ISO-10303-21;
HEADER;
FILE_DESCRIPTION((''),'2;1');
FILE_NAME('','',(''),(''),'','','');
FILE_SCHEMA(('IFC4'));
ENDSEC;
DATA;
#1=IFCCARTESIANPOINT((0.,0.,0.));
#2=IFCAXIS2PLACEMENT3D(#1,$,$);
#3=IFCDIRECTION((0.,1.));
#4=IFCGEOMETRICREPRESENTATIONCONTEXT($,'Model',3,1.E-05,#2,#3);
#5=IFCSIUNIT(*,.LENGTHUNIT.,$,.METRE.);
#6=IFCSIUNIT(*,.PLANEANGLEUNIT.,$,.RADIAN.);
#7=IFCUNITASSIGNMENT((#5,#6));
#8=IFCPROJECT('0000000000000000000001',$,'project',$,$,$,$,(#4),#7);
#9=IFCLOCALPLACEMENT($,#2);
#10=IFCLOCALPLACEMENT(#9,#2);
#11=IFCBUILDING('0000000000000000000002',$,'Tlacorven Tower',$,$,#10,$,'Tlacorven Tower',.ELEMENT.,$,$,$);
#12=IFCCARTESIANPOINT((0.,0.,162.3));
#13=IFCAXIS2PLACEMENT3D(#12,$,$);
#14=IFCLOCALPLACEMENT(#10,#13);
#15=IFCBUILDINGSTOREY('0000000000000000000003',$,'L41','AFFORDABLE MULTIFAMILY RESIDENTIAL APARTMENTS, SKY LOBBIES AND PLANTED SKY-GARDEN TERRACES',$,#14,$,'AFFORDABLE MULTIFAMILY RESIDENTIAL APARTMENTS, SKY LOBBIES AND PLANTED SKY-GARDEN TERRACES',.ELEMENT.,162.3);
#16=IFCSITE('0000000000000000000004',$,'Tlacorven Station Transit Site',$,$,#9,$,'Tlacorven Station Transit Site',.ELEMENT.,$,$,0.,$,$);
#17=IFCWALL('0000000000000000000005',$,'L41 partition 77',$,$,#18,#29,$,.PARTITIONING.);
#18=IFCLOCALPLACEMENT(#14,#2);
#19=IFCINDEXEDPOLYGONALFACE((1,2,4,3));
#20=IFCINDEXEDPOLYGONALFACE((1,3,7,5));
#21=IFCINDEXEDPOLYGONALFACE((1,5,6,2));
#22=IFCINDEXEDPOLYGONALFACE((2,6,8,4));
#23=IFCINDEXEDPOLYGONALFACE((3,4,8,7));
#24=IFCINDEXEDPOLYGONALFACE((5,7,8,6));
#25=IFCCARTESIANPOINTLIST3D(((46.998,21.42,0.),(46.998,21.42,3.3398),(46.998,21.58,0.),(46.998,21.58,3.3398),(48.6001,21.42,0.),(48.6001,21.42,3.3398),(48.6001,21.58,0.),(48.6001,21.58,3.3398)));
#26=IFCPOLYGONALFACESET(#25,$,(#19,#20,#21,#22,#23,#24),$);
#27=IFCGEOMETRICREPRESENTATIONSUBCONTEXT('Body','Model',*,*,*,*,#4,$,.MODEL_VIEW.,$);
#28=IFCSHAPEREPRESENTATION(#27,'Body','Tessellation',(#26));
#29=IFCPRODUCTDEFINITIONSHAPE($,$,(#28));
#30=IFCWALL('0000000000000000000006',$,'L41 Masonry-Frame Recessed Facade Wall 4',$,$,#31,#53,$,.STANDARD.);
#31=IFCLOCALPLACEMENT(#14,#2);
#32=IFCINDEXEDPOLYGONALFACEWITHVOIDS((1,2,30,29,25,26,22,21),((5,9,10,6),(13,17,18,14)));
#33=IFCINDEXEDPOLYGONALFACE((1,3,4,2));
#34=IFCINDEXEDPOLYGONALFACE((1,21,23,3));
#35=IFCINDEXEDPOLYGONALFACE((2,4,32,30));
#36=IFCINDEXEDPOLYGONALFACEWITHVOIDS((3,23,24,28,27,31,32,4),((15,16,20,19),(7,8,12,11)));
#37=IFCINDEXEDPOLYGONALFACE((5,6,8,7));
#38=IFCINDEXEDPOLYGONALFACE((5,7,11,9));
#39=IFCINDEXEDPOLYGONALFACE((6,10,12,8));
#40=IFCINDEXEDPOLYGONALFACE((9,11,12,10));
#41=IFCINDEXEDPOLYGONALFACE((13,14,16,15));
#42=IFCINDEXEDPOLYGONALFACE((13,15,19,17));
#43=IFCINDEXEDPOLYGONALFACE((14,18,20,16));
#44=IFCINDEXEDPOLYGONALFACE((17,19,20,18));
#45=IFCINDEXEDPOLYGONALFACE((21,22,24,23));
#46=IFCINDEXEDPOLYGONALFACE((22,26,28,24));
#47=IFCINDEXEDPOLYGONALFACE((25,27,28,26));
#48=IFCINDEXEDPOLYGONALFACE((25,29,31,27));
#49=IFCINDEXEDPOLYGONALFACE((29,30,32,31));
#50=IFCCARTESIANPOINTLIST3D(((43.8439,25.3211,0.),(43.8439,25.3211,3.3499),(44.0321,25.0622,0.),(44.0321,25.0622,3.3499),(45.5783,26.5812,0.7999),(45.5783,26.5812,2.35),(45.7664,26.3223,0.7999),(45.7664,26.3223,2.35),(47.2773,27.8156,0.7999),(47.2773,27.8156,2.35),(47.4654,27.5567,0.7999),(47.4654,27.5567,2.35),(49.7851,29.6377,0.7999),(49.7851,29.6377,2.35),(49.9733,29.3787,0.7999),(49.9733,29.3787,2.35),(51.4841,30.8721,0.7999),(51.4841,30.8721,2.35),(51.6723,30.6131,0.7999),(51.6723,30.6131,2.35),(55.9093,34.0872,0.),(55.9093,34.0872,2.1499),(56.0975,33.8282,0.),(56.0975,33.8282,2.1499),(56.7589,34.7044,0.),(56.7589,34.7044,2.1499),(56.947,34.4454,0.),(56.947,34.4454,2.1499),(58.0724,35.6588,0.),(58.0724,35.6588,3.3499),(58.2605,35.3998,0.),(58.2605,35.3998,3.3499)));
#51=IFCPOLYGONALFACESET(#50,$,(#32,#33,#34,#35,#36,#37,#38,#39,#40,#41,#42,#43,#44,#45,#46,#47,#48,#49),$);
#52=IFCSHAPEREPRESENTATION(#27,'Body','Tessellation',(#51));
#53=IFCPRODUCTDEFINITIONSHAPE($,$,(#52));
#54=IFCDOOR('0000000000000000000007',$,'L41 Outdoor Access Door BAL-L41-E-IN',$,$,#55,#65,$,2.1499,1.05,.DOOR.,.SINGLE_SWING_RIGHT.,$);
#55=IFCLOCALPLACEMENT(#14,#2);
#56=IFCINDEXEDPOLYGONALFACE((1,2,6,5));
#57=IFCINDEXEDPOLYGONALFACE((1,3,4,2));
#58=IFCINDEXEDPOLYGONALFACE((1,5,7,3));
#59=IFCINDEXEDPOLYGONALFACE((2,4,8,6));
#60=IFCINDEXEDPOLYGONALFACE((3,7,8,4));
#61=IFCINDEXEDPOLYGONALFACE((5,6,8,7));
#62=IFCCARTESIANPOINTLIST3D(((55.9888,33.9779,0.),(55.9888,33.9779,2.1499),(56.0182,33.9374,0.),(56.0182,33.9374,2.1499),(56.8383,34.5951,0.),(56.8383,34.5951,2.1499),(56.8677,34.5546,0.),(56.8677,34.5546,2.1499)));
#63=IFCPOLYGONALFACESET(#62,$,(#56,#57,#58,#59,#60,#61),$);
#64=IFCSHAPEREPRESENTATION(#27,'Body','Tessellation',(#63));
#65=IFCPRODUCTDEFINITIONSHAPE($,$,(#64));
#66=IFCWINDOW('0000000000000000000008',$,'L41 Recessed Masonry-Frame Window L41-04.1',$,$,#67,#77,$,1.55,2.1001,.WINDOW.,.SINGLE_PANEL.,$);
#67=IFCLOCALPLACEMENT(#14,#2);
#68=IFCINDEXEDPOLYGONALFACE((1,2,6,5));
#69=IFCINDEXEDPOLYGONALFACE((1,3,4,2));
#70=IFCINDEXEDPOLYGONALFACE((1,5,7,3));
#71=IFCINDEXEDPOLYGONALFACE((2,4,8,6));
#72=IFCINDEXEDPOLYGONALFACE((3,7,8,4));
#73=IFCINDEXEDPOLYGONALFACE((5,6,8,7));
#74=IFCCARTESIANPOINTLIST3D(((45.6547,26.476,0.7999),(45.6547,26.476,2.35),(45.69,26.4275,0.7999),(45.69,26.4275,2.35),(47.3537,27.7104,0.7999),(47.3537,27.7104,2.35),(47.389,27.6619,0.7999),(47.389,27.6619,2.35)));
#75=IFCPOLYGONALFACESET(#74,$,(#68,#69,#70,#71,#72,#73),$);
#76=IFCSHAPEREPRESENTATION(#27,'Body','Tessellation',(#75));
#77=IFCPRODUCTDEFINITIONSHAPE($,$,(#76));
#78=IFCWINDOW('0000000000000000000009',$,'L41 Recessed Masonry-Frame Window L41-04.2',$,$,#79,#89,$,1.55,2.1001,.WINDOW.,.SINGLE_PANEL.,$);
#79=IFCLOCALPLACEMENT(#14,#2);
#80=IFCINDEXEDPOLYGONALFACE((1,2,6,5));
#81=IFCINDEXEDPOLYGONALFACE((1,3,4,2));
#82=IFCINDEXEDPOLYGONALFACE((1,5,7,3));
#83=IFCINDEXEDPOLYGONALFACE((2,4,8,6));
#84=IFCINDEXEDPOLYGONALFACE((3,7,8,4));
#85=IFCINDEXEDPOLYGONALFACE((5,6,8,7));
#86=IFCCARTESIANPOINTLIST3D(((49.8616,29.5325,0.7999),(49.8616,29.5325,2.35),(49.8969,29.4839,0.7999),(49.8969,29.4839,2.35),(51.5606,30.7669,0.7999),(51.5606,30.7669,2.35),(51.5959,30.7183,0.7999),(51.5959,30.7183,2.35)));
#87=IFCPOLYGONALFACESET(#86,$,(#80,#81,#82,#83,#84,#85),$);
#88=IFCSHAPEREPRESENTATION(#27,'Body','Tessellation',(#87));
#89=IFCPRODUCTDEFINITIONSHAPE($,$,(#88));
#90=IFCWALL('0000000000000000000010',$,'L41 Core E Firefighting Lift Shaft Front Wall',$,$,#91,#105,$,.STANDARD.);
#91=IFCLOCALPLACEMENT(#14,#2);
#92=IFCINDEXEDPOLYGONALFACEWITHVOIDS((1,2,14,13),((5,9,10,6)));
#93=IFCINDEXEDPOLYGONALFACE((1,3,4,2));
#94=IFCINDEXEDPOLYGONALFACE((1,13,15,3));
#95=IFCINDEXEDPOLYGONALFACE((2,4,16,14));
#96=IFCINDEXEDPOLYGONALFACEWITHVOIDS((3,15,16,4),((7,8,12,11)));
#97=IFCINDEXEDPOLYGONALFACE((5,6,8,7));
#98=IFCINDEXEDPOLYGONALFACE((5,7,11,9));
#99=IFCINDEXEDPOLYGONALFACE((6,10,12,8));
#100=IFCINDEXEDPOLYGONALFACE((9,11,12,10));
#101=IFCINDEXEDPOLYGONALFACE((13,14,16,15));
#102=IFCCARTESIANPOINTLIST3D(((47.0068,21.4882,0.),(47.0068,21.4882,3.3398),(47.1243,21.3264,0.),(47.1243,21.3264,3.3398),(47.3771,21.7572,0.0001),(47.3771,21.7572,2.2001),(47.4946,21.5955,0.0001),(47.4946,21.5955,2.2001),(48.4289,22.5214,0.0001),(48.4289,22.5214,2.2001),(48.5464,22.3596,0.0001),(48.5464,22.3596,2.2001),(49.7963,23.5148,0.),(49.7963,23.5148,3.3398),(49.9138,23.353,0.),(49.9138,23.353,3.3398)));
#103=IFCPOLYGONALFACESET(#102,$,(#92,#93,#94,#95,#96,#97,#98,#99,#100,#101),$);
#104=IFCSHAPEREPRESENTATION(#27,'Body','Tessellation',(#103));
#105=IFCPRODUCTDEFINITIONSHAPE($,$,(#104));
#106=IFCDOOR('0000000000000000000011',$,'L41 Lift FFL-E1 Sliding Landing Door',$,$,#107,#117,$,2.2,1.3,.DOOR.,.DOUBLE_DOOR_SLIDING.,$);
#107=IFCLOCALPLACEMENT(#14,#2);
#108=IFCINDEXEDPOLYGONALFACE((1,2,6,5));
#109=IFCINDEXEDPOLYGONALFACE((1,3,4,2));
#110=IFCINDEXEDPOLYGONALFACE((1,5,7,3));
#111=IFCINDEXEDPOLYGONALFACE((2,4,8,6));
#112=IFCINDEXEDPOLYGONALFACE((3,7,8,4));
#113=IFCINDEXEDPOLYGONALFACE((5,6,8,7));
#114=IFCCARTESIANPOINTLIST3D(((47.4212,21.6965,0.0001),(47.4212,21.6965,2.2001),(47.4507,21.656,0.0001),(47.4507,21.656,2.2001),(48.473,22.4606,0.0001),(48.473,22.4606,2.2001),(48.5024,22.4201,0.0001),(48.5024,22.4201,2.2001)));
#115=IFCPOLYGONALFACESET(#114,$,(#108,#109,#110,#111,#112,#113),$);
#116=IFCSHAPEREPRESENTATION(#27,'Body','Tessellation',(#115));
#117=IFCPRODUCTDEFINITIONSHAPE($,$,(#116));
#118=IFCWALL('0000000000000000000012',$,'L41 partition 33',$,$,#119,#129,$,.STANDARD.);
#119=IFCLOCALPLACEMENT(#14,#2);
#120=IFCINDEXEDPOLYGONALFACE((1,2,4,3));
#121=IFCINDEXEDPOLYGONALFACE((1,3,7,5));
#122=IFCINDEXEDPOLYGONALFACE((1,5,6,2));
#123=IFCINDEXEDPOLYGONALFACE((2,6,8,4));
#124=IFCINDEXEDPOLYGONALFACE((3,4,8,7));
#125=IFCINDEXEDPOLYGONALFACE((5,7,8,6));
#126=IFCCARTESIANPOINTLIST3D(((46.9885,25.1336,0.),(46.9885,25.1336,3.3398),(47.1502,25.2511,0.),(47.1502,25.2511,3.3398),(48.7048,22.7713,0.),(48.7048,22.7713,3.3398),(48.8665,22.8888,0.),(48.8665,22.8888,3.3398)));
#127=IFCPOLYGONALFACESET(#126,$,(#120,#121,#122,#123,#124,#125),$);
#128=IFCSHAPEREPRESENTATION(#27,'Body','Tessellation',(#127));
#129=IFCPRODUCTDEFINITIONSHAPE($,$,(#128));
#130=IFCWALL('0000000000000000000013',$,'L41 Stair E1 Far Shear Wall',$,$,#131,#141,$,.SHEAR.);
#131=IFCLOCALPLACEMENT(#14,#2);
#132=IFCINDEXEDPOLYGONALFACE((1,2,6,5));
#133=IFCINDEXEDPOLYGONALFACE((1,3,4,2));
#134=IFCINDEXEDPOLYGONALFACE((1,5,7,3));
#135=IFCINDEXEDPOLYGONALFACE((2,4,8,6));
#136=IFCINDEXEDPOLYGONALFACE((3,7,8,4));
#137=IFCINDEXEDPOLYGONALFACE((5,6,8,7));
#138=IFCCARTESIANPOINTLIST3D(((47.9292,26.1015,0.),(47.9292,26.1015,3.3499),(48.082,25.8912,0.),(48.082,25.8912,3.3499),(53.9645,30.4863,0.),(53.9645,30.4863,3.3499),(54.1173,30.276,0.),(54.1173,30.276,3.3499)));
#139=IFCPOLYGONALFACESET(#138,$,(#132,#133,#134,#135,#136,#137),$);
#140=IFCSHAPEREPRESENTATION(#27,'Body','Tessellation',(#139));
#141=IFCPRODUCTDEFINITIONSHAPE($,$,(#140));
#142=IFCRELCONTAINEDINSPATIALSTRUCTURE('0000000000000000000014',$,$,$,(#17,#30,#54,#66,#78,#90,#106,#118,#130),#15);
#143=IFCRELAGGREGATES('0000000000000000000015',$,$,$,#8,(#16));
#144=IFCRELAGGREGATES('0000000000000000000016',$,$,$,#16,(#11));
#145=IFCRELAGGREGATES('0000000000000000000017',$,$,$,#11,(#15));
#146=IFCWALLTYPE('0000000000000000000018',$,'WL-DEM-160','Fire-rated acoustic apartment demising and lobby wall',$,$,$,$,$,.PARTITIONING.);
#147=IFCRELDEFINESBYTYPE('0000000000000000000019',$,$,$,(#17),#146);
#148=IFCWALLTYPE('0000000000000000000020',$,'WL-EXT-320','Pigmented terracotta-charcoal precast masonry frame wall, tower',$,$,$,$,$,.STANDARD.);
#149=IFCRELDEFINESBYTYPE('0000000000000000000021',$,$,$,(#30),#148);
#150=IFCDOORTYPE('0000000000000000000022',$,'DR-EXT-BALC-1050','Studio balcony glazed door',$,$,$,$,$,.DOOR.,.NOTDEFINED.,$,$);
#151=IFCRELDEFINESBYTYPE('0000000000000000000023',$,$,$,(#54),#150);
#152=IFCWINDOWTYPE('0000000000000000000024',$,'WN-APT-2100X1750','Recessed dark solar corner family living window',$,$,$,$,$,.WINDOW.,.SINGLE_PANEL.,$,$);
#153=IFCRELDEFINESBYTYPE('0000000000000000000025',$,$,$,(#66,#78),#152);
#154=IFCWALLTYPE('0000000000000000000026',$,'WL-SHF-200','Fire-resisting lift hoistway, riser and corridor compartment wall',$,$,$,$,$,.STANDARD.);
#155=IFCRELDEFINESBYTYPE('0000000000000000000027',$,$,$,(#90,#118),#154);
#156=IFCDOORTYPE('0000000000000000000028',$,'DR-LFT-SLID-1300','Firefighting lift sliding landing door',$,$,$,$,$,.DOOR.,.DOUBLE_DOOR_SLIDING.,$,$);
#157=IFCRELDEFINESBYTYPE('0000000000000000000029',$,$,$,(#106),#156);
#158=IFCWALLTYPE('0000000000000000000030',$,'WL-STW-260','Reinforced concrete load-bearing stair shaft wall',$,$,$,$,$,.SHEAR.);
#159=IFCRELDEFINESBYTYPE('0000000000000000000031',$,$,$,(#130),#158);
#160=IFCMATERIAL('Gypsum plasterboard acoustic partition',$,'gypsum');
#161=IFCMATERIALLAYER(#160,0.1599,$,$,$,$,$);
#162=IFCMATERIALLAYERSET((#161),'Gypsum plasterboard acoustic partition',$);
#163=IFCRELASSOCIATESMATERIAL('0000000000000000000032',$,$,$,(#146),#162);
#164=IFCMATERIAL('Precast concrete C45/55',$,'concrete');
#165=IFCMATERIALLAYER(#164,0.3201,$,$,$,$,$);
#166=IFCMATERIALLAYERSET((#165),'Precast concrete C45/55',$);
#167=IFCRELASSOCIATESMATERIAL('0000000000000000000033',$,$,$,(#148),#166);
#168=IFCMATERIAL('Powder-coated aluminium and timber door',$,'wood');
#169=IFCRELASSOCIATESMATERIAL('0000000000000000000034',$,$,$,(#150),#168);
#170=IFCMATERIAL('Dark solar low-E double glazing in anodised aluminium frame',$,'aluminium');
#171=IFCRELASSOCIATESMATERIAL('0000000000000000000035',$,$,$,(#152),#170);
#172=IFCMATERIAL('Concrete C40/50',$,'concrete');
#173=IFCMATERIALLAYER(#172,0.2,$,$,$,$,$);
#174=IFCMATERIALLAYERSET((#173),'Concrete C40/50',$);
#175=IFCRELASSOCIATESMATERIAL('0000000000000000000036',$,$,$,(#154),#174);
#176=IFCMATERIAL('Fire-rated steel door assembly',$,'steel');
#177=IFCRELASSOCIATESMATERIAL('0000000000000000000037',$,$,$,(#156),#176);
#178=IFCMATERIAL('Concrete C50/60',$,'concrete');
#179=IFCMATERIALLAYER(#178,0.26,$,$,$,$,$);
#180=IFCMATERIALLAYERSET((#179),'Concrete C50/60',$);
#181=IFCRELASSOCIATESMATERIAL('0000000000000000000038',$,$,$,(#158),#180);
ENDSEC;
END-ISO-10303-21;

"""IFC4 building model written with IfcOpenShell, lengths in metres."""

from ifc_helpers import new_model, si_unit, direction, frame, frame_2d, origin, place, context, subcontext, project, spatial, rectangle, extrude, source, transform, mapped, material, layer, layer_set, type_object, element, fill, save


model = new_model("IFC4")

# Units and contexts
model_context = context("Model", 3, precision=1e-05, world=origin(), true_north=direction((0.0, 1.0)))
body_context = subcontext(model_context, "Body", "Model", "MODEL_VIEW")
ifc_project = project(units=[si_unit("LENGTHUNIT", "METRE"), si_unit("PLANEANGLEUNIT", "RADIAN")], contexts=[model_context])

# Site, building, storey
site_placement = place(None, origin())
site = spatial("IfcSite", under=ifc_project, at=site_placement, Name="Tlacorven Station Transit Site", LongName="Tlacorven Station Transit Site", CompositionType="ELEMENT", RefElevation=0.0)
building_placement = place(site_placement, origin())
building = spatial("IfcBuilding", under=site, at=building_placement, Name="Tlacorven Tower", LongName="Tlacorven Tower", CompositionType="ELEMENT")
storey_placement = place(building_placement, frame((0.0, 0.0, 162.3)))
storey = spatial("IfcBuildingStorey", under=building, at=storey_placement, Name="L41", Description="AFFORDABLE MULTIFAMILY RESIDENTIAL APARTMENTS, SKY LOBBIES AND PLANTED SKY-GARDEN TERRACES", LongName="AFFORDABLE MULTIFAMILY RESIDENTIAL APARTMENTS, SKY LOBBIES AND PLANTED SKY-GARDEN TERRACES", CompositionType="ELEMENT", Elevation=162.3)

# Wall
ifc_material_1 = material(Name="Gypsum plasterboard acoustic partition", Category="gypsum")
ifc_layer_1 = layer(ifc_material_1, 0.1599)
ifc_layer_set_1 = layer_set([ifc_layer_1], Name="Gypsum plasterboard acoustic partition")
wall_type_1 = type_object("IfcWallType", Name="WL-DEM-160", Description="Fire-rated acoustic apartment demising and lobby wall", PredefinedType="PARTITIONING", material=ifc_layer_set_1)
wall_1_placement = place(storey_placement, frame((46.998, 21.5, 0.0), z_axis=(0.0, 0.0, 1.0), x_axis=(1.0, 0.0, 0.0)))
element("IfcWall", 1, at=wall_1_placement, inside=storey, type_object=wall_type_1, Name="L41 partition 77", PredefinedType="PARTITIONING", context=body_context, shape_type="SweptSolid", body=[
    extrude(rectangle(XDim=1.6021, YDim=0.1599, at=frame_2d((0.801, 0.0))), origin(), (0.0, 0.0, 1.0), 3.3398),
])

# Wall, openings, door, windows
ifc_material_2 = material(Name="Precast concrete C45/55", Category="concrete")
ifc_layer_2 = layer(ifc_material_2, 0.3201)
ifc_layer_set_2 = layer_set([ifc_layer_2], Name="Precast concrete C45/55")
wall_type_2 = type_object("IfcWallType", Name="WL-EXT-320", Description="Pigmented terracotta-charcoal precast masonry frame wall, tower", PredefinedType="STANDARD", material=ifc_layer_set_2)
wall_2_placement = place(storey_placement, frame((43.938, 25.1917, 0.0), z_axis=(0.0, 0.0, 1.0), x_axis=(0.809016, 0.587786, 0.0)))
wall_2 = element("IfcWall", 2, at=wall_2_placement, inside=storey, type_object=wall_type_2, Name="L41 Masonry-Frame Recessed Facade Wall 4", PredefinedType="STANDARD", context=body_context, shape_type="SweptSolid", body=[
    extrude(rectangle(XDim=17.5874, YDim=0.3201, at=frame_2d((8.7937, 0.0))), origin(), (0.0, 0.0, 1.0), 3.3499),
])
opening_1_placement = place(wall_2_placement, frame((14.9138, 0.0, 0.0)))
opening_1 = element("IfcOpeningElement", 3, at=opening_1_placement, cuts=wall_2, PredefinedType="OPENING", context=body_context, shape_type="SweptSolid", body=[
    extrude(rectangle(XDim=1.05, YDim=2.1499, at=frame_2d((0.5249, 1.075))), frame((0.0, 0.1699, 0.0), z_axis=(0.0, -1.0, 0.0), x_axis=(1.0, 0.0, 0.0)), (0.0, 0.0, 1.0), 0.3401),
])
opening_2_placement = place(wall_2_placement, frame((2.1438, 0.0, 0.8)))
opening_2 = element("IfcOpeningElement", 4, at=opening_2_placement, cuts=wall_2, PredefinedType="OPENING", context=body_context, shape_type="SweptSolid", body=[
    extrude(rectangle(XDim=2.1001, YDim=1.55, at=frame_2d((1.05, 0.7749))), frame((0.0, 0.1699, 0.0), z_axis=(0.0, -1.0, 0.0), x_axis=(1.0, 0.0, 0.0)), (0.0, 0.0, 1.0), 0.3401),
])
opening_3_placement = place(wall_2_placement, frame((7.3438, 0.0, 0.8)))
opening_3 = element("IfcOpeningElement", 5, at=opening_3_placement, cuts=wall_2, PredefinedType="OPENING", context=body_context, shape_type="SweptSolid", body=[
    extrude(rectangle(XDim=2.1001, YDim=1.55, at=frame_2d((1.05, 0.7749))), frame((0.0, 0.1699, 0.0), z_axis=(0.0, -1.0, 0.0), x_axis=(1.0, 0.0, 0.0)), (0.0, 0.0, 1.0), 0.3401),
])
ifc_material_3 = material(Name="Powder-coated aluminium and timber door", Category="wood")
door_type_1 = type_object("IfcDoorType", Name="DR-EXT-BALC-1050", Description="Studio balcony glazed door", OperationType="NOTDEFINED", PredefinedType="DOOR", material=ifc_material_3)
shared_shape_1 = source(origin(), body_context, "Body", "SweptSolid", [
    extrude(rectangle(XDim=1.05, YDim=2.1499, at=frame_2d((0.5249, 1.075))), frame((0.0, 0.0249, 0.0), z_axis=(0.0, -1.0, 0.0), x_axis=(1.0, 0.0, 0.0)), (0.0, 0.0, 1.0), 0.05),
])
door_1_placement = place(opening_1_placement, origin())
door_1 = element("IfcDoor", 6, at=door_1_placement, inside=storey, type_object=door_type_1, Name="L41 Outdoor Access Door BAL-L41-E-IN", OperationType="SINGLE_SWING_RIGHT", OverallHeight=2.1499, OverallWidth=1.05, PredefinedType="DOOR", context=body_context, shape_type="MappedRepresentation", body=[
    mapped(shared_shape_1, transform((0.0, 0.0, 0.0), scale=1.0)),
])
fill(opening_1, door_1)
ifc_material_4 = material(Name="Dark solar low-E double glazing in anodised aluminium frame", Category="aluminium")
window_type = type_object("IfcWindowType", Name="WN-APT-2100X1750", Description="Recessed dark solar corner family living window", PartitioningType="SINGLE_PANEL", PredefinedType="WINDOW", material=ifc_material_4)
shared_shape_2 = source(origin(), body_context, "Body", "SweptSolid", [
    extrude(rectangle(XDim=2.1001, YDim=1.55, at=frame_2d((1.05, 0.7749))), frame((0.0, 0.03, 0.0), z_axis=(0.0, -1.0, 0.0), x_axis=(1.0, 0.0, 0.0)), (0.0, 0.0, 1.0), 0.0601),
])
window_1_placement = place(opening_2_placement, origin())
window_1 = element("IfcWindow", 7, at=window_1_placement, inside=storey, type_object=window_type, Name="L41 Recessed Masonry-Frame Window L41-04.1", OverallHeight=1.55, OverallWidth=2.1001, PartitioningType="SINGLE_PANEL", PredefinedType="WINDOW", context=body_context, shape_type="MappedRepresentation", body=[
    mapped(shared_shape_2, transform((0.0, 0.0, 0.0), scale=1.0)),
])
fill(opening_2, window_1)
window_2_placement = place(opening_3_placement, origin())
window_2 = element("IfcWindow", 8, at=window_2_placement, inside=storey, type_object=window_type, Name="L41 Recessed Masonry-Frame Window L41-04.2", OverallHeight=1.55, OverallWidth=2.1001, PartitioningType="SINGLE_PANEL", PredefinedType="WINDOW", context=body_context, shape_type="MappedRepresentation", body=[
    mapped(shared_shape_2, transform((0.0, 0.0, 0.0), scale=1.0)),
])
fill(opening_3, window_2)

# Wall, opening, door
ifc_material_5 = material(Name="Concrete C40/50", Category="concrete")
ifc_layer_3 = layer(ifc_material_5, 0.2)
ifc_layer_set_3 = layer_set([ifc_layer_3], Name="Concrete C40/50")
wall_type_3 = type_object("IfcWallType", Name="WL-SHF-200", Description="Fire-resisting lift hoistway, riser and corridor compartment wall", PredefinedType="STANDARD", material=ifc_layer_set_3)
wall_3_placement = place(storey_placement, frame((47.0654, 21.4072, 0.0), z_axis=(0.0, 0.0, 1.0), x_axis=(0.809033, 0.587763, 0.0)))
wall_3 = element("IfcWall", 9, at=wall_3_placement, inside=storey, type_object=wall_type_3, Name="L41 Core E Firefighting Lift Shaft Front Wall", PredefinedType="STANDARD", context=body_context, shape_type="SweptSolid", body=[
    extrude(rectangle(XDim=3.448, YDim=0.2, at=frame_2d((1.7241, 0.0))), origin(), (0.0, 0.0, 1.0), 3.3398),
])
opening_4_placement = place(wall_3_placement, frame((0.458, 0.0, 0.0)))
opening_4 = element("IfcOpeningElement", 10, at=opening_4_placement, cuts=wall_3, PredefinedType="OPENING", context=body_context, shape_type="SweptSolid", body=[
    extrude(rectangle(XDim=1.3, YDim=2.2, at=frame_2d((0.6499, 1.1001))), frame((0.0, 0.1099, 0.0), z_axis=(0.0, -1.0, 0.0), x_axis=(1.0, 0.0, 0.0)), (0.0, 0.0, 1.0), 0.22),
])
ifc_material_6 = material(Name="Fire-rated steel door assembly", Category="steel")
door_type_2 = type_object("IfcDoorType", Name="DR-LFT-SLID-1300", Description="Firefighting lift sliding landing door", OperationType="DOUBLE_DOOR_SLIDING", PredefinedType="DOOR", material=ifc_material_6)
shared_shape_3 = source(origin(), body_context, "Body", "SweptSolid", [
    extrude(rectangle(XDim=1.3, YDim=2.2, at=frame_2d((0.6499, 1.1001))), frame((0.0, 0.0249, 0.0), z_axis=(0.0, -1.0, 0.0), x_axis=(1.0, 0.0, 0.0)), (0.0, 0.0, 1.0), 0.05),
])
door_2_placement = place(opening_4_placement, origin())
door_2 = element("IfcDoor", 11, at=door_2_placement, inside=storey, type_object=door_type_2, Name="L41 Lift FFL-E1 Sliding Landing Door", OperationType="DOUBLE_DOOR_SLIDING", OverallHeight=2.2, OverallWidth=1.3, PredefinedType="DOOR", context=body_context, shape_type="MappedRepresentation", body=[
    mapped(shared_shape_3, transform((0.0, 0.0, 0.0), scale=1.0)),
])
fill(opening_4, door_2)

# Walls
wall_4_placement = place(storey_placement, frame((48.7856, 22.8301, 0.0), z_axis=(0.0, 0.0, 1.0), x_axis=(-0.587784, 0.809018, 0.0)))
element("IfcWall", 12, at=wall_4_placement, inside=storey, type_object=wall_type_3, Name="L41 partition 33", PredefinedType="STANDARD", context=body_context, shape_type="SweptSolid", body=[
    extrude(rectangle(XDim=2.9199, YDim=0.2, at=frame_2d((1.46, 0.0))), origin(), (0.0, 0.0, 1.0), 3.3398),
])
ifc_material_7 = material(Name="Concrete C50/60", Category="concrete")
ifc_layer_4 = layer(ifc_material_7, 0.26)
ifc_layer_set_4 = layer_set([ifc_layer_4], Name="Concrete C50/60")
wall_type_4 = type_object("IfcWallType", Name="WL-STW-260", Description="Reinforced concrete load-bearing stair shaft wall", PredefinedType="SHEAR", material=ifc_layer_set_4)
wall_5_placement = place(storey_placement, frame((48.0056, 25.9963, 0.0), z_axis=(0.0, 0.0, 1.0), x_axis=(0.809019, 0.587782, 0.0)))
element("IfcWall", 13, at=wall_5_placement, inside=storey, type_object=wall_type_4, Name="L41 Stair E1 Far Shear Wall", PredefinedType="SHEAR", context=body_context, shape_type="SweptSolid", body=[
    extrude(rectangle(XDim=7.46, YDim=0.26, at=frame_2d((3.73, 0.0))), origin(), (0.0, 0.0, 1.0), 3.3499),
])

save(model, "model.ifc")
